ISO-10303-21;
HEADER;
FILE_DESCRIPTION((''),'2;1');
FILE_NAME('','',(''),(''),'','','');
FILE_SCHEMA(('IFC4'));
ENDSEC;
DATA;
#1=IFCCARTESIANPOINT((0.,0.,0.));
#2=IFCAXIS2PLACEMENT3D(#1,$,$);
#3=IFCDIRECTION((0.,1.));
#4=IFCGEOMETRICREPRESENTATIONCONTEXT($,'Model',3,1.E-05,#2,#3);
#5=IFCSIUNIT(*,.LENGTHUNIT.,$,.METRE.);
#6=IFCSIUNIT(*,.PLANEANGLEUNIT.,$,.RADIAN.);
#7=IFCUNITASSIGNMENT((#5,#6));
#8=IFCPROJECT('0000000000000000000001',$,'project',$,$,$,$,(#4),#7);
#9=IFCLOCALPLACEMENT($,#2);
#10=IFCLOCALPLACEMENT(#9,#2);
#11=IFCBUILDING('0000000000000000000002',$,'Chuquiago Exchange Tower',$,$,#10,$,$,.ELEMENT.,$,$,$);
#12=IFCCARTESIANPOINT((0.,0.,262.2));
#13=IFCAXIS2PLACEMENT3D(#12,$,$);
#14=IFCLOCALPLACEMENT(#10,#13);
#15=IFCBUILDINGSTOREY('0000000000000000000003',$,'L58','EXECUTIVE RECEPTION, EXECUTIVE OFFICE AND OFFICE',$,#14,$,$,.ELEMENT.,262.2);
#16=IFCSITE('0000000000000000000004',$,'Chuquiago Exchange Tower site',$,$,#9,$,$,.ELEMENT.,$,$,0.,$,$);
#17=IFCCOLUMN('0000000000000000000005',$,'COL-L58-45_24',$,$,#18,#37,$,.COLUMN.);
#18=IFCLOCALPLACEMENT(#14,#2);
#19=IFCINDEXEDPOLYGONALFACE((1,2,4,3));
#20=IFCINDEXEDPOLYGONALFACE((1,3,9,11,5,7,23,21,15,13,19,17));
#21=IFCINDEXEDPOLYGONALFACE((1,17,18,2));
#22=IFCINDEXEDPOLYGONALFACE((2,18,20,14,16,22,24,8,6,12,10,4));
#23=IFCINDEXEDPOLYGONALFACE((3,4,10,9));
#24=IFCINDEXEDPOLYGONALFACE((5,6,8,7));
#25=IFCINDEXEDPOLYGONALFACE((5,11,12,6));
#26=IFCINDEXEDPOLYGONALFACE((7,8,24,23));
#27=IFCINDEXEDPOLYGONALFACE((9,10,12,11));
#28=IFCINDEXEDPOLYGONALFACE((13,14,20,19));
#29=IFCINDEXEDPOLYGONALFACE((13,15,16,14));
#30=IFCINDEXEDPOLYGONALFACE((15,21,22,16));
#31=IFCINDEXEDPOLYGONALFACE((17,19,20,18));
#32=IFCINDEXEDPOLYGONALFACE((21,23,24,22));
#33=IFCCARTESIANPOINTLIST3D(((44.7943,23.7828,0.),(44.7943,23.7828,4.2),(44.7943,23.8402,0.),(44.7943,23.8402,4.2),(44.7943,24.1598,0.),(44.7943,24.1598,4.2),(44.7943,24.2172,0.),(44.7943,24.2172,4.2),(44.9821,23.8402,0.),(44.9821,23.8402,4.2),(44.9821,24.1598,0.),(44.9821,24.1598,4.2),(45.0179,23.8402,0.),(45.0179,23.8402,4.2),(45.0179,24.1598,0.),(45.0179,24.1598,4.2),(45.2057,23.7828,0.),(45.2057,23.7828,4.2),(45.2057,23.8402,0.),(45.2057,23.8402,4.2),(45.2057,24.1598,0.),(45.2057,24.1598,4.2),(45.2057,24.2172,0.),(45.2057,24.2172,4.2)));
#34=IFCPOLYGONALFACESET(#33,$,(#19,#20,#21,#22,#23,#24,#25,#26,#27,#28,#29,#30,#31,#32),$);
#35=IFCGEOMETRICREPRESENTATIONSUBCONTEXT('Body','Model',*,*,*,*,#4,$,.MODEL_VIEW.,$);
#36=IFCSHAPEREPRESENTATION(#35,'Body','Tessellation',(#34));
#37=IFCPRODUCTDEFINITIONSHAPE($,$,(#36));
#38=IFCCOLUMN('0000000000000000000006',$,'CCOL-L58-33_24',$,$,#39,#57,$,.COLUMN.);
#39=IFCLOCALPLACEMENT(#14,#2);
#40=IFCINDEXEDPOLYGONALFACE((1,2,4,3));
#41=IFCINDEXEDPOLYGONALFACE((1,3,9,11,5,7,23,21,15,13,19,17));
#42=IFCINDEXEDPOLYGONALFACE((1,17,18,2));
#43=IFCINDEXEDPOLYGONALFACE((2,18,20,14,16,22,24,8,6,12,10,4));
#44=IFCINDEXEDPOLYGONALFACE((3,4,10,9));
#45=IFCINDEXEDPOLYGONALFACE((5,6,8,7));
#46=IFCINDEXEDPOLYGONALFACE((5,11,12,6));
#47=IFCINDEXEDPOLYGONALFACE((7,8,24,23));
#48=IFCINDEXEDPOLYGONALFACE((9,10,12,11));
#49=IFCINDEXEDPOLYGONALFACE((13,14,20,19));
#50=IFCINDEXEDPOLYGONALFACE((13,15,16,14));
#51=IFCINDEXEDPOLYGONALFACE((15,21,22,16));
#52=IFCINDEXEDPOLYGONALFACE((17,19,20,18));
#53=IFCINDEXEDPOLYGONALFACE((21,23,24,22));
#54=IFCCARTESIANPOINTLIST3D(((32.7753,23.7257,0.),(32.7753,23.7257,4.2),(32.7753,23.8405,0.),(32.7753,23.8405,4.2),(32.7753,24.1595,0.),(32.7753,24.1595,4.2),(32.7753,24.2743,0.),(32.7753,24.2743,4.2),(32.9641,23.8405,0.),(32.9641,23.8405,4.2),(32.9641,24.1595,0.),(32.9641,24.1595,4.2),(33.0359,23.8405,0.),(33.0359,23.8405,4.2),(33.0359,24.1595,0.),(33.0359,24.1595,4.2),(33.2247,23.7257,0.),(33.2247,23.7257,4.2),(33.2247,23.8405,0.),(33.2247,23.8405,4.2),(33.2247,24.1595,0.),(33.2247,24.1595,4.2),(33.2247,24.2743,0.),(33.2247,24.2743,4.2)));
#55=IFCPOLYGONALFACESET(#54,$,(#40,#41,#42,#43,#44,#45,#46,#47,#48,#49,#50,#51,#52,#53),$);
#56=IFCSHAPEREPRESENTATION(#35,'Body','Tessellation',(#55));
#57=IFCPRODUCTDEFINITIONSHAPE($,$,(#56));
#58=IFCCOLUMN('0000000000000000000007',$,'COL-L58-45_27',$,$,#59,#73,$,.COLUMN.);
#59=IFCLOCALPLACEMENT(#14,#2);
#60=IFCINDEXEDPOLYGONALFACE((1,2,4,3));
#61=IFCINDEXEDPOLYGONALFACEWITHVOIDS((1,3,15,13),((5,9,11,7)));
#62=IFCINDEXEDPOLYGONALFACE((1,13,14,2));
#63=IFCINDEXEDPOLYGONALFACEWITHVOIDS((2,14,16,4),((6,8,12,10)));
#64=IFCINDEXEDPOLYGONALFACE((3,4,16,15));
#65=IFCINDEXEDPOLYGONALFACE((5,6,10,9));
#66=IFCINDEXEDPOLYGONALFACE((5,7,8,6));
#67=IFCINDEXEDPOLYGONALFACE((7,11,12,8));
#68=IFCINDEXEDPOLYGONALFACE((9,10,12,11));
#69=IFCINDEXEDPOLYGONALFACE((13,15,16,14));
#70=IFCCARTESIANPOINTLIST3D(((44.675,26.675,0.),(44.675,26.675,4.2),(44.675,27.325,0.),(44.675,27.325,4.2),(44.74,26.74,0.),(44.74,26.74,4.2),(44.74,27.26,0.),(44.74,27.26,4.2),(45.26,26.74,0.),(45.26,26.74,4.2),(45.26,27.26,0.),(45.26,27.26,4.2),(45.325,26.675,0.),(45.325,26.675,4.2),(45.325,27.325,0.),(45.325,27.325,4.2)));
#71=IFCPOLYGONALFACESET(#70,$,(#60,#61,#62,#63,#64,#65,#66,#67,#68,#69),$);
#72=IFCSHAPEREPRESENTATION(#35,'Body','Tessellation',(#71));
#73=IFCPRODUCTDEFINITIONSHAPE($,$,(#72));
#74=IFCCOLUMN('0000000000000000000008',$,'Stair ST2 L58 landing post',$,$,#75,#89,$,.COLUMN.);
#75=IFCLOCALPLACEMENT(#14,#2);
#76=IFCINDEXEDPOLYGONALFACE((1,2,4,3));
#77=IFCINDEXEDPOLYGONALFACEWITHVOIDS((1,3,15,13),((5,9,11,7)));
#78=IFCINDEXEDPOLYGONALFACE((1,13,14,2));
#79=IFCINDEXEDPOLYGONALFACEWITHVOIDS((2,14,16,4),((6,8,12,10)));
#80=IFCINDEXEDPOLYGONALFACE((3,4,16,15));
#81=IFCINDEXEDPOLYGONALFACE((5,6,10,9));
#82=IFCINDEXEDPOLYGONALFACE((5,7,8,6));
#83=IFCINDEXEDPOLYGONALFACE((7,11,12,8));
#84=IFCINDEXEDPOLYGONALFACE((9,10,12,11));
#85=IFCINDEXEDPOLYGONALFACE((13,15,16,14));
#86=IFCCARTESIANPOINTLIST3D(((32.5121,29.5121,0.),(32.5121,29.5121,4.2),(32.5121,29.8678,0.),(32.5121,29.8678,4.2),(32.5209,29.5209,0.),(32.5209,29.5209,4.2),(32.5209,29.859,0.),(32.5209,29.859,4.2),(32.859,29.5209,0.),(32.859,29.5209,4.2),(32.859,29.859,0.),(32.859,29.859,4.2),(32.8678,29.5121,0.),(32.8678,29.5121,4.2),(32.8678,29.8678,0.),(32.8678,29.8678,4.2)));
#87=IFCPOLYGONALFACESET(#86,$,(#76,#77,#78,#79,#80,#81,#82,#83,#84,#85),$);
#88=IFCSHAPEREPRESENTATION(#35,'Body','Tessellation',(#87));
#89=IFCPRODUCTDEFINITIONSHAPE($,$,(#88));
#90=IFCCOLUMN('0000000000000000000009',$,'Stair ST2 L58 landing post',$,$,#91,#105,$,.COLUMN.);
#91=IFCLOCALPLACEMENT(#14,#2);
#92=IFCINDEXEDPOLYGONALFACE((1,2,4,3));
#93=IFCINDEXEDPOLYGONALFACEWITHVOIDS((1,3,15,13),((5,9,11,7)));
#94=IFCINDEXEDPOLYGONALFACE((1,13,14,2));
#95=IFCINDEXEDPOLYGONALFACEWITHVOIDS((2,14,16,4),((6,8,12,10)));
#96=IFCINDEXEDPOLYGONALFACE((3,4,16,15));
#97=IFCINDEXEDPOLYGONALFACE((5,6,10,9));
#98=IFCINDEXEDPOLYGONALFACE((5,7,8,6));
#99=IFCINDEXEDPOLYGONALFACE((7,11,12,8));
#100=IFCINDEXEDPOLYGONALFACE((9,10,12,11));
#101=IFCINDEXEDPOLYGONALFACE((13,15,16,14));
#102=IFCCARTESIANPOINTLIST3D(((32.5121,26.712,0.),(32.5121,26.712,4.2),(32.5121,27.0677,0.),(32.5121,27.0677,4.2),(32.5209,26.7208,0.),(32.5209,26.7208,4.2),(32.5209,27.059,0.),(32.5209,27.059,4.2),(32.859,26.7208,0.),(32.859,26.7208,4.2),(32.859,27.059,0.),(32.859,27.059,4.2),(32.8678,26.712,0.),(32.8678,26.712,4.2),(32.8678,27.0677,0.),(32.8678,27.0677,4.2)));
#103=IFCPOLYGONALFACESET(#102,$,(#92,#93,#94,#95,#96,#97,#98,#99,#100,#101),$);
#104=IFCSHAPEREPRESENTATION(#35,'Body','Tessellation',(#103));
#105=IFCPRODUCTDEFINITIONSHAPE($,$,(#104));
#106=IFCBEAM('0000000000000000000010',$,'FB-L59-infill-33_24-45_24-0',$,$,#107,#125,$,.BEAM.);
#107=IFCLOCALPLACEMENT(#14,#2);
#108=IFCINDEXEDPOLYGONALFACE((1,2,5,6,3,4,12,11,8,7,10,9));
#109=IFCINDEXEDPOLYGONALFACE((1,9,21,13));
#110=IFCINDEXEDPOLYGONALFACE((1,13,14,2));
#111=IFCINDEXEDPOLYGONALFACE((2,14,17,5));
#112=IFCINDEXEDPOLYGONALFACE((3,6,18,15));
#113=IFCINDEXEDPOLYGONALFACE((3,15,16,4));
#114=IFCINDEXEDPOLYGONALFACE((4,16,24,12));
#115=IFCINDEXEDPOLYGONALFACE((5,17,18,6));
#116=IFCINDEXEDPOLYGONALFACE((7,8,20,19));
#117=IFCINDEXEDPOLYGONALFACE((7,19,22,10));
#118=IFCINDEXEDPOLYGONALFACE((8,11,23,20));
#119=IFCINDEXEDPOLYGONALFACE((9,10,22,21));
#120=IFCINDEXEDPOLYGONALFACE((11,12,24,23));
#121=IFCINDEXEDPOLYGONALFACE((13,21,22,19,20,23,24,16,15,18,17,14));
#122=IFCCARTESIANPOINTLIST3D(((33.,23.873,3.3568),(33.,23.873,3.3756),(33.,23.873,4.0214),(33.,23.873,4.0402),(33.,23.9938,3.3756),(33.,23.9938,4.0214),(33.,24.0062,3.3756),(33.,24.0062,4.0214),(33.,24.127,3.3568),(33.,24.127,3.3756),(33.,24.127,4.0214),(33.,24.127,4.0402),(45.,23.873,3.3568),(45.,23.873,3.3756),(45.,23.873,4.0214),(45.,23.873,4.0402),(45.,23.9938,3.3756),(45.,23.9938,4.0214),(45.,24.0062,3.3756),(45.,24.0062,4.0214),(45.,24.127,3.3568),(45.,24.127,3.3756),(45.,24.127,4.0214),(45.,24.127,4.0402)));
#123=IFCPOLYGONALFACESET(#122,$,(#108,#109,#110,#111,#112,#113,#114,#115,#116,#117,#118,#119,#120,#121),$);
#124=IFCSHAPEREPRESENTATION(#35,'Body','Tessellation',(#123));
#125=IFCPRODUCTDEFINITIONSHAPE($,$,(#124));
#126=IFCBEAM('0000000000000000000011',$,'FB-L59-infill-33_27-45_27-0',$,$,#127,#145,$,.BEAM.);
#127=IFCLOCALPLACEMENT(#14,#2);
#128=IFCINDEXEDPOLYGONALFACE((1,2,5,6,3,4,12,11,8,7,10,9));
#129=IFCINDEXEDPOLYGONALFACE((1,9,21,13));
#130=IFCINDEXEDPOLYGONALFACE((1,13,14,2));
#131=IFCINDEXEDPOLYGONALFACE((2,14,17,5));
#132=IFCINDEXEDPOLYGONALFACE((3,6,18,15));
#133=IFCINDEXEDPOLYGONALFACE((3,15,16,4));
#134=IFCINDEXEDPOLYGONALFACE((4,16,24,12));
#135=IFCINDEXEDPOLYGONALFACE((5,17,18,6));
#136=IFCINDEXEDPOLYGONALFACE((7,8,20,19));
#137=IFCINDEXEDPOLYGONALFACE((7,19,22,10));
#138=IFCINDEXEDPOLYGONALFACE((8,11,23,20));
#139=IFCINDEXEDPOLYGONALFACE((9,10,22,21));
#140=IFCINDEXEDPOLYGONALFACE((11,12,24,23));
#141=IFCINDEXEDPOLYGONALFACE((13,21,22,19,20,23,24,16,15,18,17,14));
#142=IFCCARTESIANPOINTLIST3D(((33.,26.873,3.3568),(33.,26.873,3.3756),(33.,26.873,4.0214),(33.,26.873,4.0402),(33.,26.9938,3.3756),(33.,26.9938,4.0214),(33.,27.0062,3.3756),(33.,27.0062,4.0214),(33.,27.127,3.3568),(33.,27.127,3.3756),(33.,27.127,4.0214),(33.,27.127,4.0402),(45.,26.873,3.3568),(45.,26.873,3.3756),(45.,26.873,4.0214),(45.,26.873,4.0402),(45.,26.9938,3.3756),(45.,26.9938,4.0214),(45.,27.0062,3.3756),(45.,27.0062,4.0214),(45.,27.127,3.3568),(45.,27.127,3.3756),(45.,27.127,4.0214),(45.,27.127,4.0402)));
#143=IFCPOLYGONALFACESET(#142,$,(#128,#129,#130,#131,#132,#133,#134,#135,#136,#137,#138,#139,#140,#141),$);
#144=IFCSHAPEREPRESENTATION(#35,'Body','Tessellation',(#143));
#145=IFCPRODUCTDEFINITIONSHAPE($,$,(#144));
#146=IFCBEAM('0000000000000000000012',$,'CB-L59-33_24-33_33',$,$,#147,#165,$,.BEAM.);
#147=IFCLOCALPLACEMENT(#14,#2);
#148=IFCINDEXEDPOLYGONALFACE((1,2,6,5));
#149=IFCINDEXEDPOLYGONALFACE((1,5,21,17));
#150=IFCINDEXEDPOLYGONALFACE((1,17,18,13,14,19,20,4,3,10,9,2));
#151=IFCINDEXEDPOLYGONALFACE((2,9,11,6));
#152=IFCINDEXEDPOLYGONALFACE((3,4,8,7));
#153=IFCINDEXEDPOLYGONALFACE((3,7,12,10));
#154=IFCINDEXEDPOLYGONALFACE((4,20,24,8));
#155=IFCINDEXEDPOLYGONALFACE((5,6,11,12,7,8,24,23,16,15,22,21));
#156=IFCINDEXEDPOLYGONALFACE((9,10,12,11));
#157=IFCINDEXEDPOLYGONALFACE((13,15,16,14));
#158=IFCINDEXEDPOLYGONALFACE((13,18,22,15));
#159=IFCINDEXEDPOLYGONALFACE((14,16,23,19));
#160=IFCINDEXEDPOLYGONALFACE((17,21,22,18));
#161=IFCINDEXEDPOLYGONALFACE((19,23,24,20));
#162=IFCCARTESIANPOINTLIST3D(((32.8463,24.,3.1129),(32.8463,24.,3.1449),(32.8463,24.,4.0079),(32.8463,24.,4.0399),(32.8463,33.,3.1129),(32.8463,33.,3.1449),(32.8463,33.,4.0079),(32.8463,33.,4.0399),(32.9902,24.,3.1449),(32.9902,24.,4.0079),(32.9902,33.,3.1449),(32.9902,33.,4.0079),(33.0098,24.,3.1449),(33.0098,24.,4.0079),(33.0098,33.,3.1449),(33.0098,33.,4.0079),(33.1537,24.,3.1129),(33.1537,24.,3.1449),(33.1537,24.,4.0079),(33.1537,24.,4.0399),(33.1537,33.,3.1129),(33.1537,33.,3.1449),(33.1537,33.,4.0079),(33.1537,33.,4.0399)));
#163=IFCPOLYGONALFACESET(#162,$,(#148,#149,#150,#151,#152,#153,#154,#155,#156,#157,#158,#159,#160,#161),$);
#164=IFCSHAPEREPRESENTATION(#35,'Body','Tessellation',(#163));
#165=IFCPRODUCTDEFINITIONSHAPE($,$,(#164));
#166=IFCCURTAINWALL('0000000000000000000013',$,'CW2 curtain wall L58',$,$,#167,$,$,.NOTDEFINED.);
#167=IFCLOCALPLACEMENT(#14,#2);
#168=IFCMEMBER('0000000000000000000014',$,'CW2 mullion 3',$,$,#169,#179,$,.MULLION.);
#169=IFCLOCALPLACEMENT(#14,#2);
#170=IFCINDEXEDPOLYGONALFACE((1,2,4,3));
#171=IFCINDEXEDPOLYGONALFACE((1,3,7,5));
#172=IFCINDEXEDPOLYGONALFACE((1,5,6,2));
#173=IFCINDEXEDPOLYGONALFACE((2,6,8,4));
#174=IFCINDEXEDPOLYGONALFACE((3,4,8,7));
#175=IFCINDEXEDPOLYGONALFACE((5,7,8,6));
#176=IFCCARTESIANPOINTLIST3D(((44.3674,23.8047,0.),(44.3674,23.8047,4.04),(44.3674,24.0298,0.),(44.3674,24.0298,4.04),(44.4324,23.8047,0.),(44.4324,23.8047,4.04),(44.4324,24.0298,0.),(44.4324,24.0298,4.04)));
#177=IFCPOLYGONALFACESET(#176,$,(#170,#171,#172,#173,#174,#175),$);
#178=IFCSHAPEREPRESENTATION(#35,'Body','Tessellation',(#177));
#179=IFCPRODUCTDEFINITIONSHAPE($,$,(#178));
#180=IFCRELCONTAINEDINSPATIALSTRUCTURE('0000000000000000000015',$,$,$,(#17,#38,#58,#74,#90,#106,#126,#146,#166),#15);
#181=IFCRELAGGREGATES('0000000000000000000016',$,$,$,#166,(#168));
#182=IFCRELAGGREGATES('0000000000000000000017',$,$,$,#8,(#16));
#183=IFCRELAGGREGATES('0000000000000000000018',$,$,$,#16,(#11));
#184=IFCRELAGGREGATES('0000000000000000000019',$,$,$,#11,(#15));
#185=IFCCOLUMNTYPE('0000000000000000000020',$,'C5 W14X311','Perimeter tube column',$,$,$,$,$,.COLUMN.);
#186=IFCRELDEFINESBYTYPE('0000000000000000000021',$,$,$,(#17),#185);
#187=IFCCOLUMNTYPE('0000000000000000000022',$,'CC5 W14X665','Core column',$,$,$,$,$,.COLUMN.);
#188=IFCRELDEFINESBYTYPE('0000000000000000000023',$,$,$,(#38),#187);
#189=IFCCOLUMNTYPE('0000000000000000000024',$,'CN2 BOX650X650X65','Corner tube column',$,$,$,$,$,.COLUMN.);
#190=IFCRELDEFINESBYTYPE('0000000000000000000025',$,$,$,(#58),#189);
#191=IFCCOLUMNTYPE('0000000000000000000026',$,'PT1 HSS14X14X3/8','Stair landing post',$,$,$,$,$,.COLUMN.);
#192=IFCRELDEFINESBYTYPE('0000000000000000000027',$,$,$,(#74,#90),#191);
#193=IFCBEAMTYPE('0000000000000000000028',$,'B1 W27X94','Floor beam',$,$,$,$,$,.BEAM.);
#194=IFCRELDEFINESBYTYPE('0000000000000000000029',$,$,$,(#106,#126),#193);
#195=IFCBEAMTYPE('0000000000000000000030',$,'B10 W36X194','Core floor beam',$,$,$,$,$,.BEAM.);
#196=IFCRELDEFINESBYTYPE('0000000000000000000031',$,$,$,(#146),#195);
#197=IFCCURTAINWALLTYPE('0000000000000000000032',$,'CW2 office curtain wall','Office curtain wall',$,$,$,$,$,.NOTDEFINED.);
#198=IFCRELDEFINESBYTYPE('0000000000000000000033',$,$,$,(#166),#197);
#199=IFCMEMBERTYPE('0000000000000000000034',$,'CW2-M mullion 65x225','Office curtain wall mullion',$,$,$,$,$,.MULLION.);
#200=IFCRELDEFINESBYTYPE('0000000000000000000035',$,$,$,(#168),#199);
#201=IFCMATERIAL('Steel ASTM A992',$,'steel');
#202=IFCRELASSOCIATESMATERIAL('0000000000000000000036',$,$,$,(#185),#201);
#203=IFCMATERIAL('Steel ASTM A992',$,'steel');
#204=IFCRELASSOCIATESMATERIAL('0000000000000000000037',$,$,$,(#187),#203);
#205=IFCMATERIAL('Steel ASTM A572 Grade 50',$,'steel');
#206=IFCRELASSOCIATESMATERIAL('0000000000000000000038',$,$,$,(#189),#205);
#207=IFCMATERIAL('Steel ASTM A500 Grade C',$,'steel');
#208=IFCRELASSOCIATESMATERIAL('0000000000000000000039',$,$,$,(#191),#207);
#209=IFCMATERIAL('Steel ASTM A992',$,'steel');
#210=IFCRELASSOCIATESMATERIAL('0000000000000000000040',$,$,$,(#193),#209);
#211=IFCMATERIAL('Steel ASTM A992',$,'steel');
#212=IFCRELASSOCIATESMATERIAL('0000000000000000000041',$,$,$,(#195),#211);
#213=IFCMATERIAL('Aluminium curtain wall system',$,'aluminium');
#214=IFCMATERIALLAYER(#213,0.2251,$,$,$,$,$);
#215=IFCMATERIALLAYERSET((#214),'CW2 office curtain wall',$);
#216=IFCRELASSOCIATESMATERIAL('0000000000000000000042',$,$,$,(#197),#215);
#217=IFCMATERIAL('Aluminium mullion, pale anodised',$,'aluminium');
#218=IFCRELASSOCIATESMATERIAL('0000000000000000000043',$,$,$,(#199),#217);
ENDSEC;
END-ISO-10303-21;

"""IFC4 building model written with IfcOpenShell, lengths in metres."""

from ifc_helpers import new_model, si_unit, direction, frame, origin, origin_2d, place, context, subcontext, project, spatial, rectangle, hollow_rectangle, i_section, extrude, material, layer, layer_set, material_profile, profile_set, type_object, element, aggregate, save


model = new_model("IFC4")

# Units and contexts
model_context = context("Model", 3, precision=1e-05, world=origin(), true_north=direction((0.0, 1.0)))
body_context = subcontext(model_context, "Body", "Model", "MODEL_VIEW")
ifc_project = project(units=[si_unit("LENGTHUNIT", "METRE"), si_unit("PLANEANGLEUNIT", "RADIAN")], contexts=[model_context])

# Site, building, storey
site_placement = place(None, origin())
site = spatial("IfcSite", under=ifc_project, at=site_placement, Name="Chuquiago Exchange Tower site", CompositionType="ELEMENT", RefElevation=0.0)
building_placement = place(site_placement, origin())
building = spatial("IfcBuilding", under=site, at=building_placement, Name="Chuquiago Exchange Tower", CompositionType="ELEMENT")
storey_placement = place(building_placement, frame((0.0, 0.0, 262.2)))
storey = spatial("IfcBuildingStorey", under=building, at=storey_placement, Name="L58", Description="EXECUTIVE RECEPTION, EXECUTIVE OFFICE AND OFFICE", CompositionType="ELEMENT", Elevation=262.2)

# Columns
ifc_material_1 = material(Name="Steel ASTM A992", Category="steel")
ifc_material_profile_1 = material_profile(ifc_material_1, i_section(OverallWidth=0.4114, OverallDepth=0.4343, WebThickness=0.0359, FlangeThickness=0.0574, at=origin_2d()), Name="W14X311")
ifc_profile_set_1 = profile_set([ifc_material_profile_1], Name="Steel ASTM A992")
column_type_1 = type_object("IfcColumnType", Name="C5 W14X311", Description="Perimeter tube column", PredefinedType="COLUMN", material=ifc_profile_set_1)
column_1_placement = place(storey_placement, frame((45.0, 24.0, 0.0), z_axis=(0.0, 0.0, 1.0), x_axis=(1.0, 0.0, 0.0)))
element("IfcColumn", 1, at=column_1_placement, inside=storey, type_object=column_type_1, Name="COL-L58-45_24", PredefinedType="COLUMN", context=body_context, shape_type="SweptSolid", body=[
    extrude(i_section(OverallWidth=0.4114, OverallDepth=0.4343, WebThickness=0.0359, FlangeThickness=0.0574, at=origin_2d()), origin(), (0.0, 0.0, 1.0), 4.2),
])
ifc_material_2 = material(Name="Steel ASTM A992", Category="steel")
ifc_material_profile_2 = material_profile(ifc_material_2, i_section(OverallWidth=0.4495, OverallDepth=0.5486, WebThickness=0.0718, FlangeThickness=0.1147, at=origin_2d()), Name="W14X665")
ifc_profile_set_2 = profile_set([ifc_material_profile_2], Name="Steel ASTM A992")
column_type_2 = type_object("IfcColumnType", Name="CC5 W14X665", Description="Core column", PredefinedType="COLUMN", material=ifc_profile_set_2)
column_2_placement = place(storey_placement, frame((33.0, 24.0, 0.0), z_axis=(0.0, 0.0, 1.0), x_axis=(1.0, 0.0, 0.0)))
element("IfcColumn", 2, at=column_2_placement, inside=storey, type_object=column_type_2, Name="CCOL-L58-33_24", PredefinedType="COLUMN", context=body_context, shape_type="SweptSolid", body=[
    extrude(i_section(OverallWidth=0.4495, OverallDepth=0.5486, WebThickness=0.0718, FlangeThickness=0.1147, at=origin_2d()), origin(), (0.0, 0.0, 1.0), 4.2),
])
ifc_material_3 = material(Name="Steel ASTM A572 Grade 50", Category="steel")
ifc_material_profile_3 = material_profile(ifc_material_3, hollow_rectangle(XDim=0.6499, YDim=0.6499, WallThickness=0.0649, at=origin_2d()), Name="BOX650X650X65")
ifc_profile_set_3 = profile_set([ifc_material_profile_3], Name="Steel ASTM A572 Grade 50")
column_type_3 = type_object("IfcColumnType", Name="CN2 BOX650X650X65", Description="Corner tube column", PredefinedType="COLUMN", material=ifc_profile_set_3)
column_3_placement = place(storey_placement, frame((45.0, 27.0, 0.0), z_axis=(0.0, 0.0, 1.0), x_axis=(1.0, 0.0, 0.0)))
element("IfcColumn", 3, at=column_3_placement, inside=storey, type_object=column_type_3, Name="COL-L58-45_27", PredefinedType="COLUMN", context=body_context, shape_type="SweptSolid", body=[
    extrude(hollow_rectangle(XDim=0.6499, YDim=0.6499, WallThickness=0.0649, at=origin_2d()), origin(), (0.0, 0.0, 1.0), 4.2),
])
ifc_material_4 = material(Name="Steel ASTM A500 Grade C", Category="steel")
ifc_material_profile_4 = material_profile(ifc_material_4, hollow_rectangle(XDim=0.3557, YDim=0.3557, WallThickness=0.0088, at=origin_2d()), Name="HSS14X14X3/8")
ifc_profile_set_4 = profile_set([ifc_material_profile_4], Name="Steel ASTM A500 Grade C")
column_type_4 = type_object("IfcColumnType", Name="PT1 HSS14X14X3/8", Description="Stair landing post", PredefinedType="COLUMN", material=ifc_profile_set_4)
for number, where, z_axis, x_axis, name in (
    (4, (32.6899, 29.6899, 0.0), (0.0, 0.0, 1.0), (1.0, 0.0, 0.0), "Stair ST2 L58 landing post"),
    (5, (32.6899, 26.8899, 0.0), (0.0, 0.0, 1.0), (1.0, 0.0, 0.0), "Stair ST2 L58 landing post"),
):
    element("IfcColumn", number, at=place(storey_placement, frame(where, z_axis=z_axis, x_axis=x_axis)), inside=storey, type_object=column_type_4, Name=name, PredefinedType="COLUMN", context=body_context, shape_type="SweptSolid", body=[
        extrude(hollow_rectangle(XDim=0.3557, YDim=0.3557, WallThickness=0.0088, at=origin_2d()), origin(), (0.0, 0.0, 1.0), 4.2),
    ])

# Beams
ifc_material_5 = material(Name="Steel ASTM A992", Category="steel")
ifc_material_profile_5 = material_profile(ifc_material_5, i_section(OverallWidth=0.2539, OverallDepth=0.6833, WebThickness=0.0125, FlangeThickness=0.0188, at=origin_2d()), Name="W27X94")
ifc_profile_set_5 = profile_set([ifc_material_profile_5], Name="Steel ASTM A992")
beam_type_1 = type_object("IfcBeamType", Name="B1 W27X94", Description="Floor beam", PredefinedType="BEAM", material=ifc_profile_set_5)
for number, where, z_axis, x_axis, name in (
    (6, (33.0, 24.0, 3.6985), (1.0, 0.0, 0.0), (0.0, 1.0, 0.0), "FB-L59-infill-33_24-45_24-0"),
    (7, (33.0, 27.0, 3.6985), (1.0, 0.0, 0.0), (0.0, 1.0, 0.0), "FB-L59-infill-33_27-45_27-0"),
):
    element("IfcBeam", number, at=place(storey_placement, frame(where, z_axis=z_axis, x_axis=x_axis)), inside=storey, type_object=beam_type_1, Name=name, PredefinedType="BEAM", context=body_context, shape_type="SweptSolid", body=[
        extrude(i_section(OverallWidth=0.2539, OverallDepth=0.6833, WebThickness=0.0125, FlangeThickness=0.0188, at=origin_2d()), origin(), (0.0, 0.0, 1.0), 12.0),
    ])
ifc_material_6 = material(Name="Steel ASTM A992", Category="steel")
ifc_material_profile_6 = material_profile(ifc_material_6, i_section(OverallWidth=0.3074, OverallDepth=0.927, WebThickness=0.0195, FlangeThickness=0.032, at=origin_2d()), Name="W36X194")
ifc_profile_set_6 = profile_set([ifc_material_profile_6], Name="Steel ASTM A992")
beam_type_2 = type_object("IfcBeamType", Name="B10 W36X194", Description="Core floor beam", PredefinedType="BEAM", material=ifc_profile_set_6)
beam_1_placement = place(storey_placement, frame((33.0, 24.0, 3.5764), z_axis=(0.0, 1.0, 0.0), x_axis=(-1.0, 0.0, 0.0)))
element("IfcBeam", 8, at=beam_1_placement, inside=storey, type_object=beam_type_2, Name="CB-L59-33_24-33_33", PredefinedType="BEAM", context=body_context, shape_type="SweptSolid", body=[
    extrude(i_section(OverallWidth=0.3074, OverallDepth=0.927, WebThickness=0.0195, FlangeThickness=0.032, at=origin_2d()), origin(), (0.0, 0.0, 1.0), 9.0),
])

# Curtain wall, member
ifc_material_7 = material(Name="Aluminium curtain wall system", Category="aluminium")
ifc_layer_1 = layer(ifc_material_7, 0.2251)
ifc_layer_set_1 = layer_set([ifc_layer_1], Name="CW2 office curtain wall")
curtain_wall_type_1 = type_object("IfcCurtainWallType", Name="CW2 office curtain wall", Description="Office curtain wall", PredefinedType="NOTDEFINED", material=ifc_layer_set_1)
curtain_wall_1_placement = place(storey_placement, origin())
curtain_wall_1 = element("IfcCurtainWall", 9, at=curtain_wall_1_placement, inside=storey, type_object=curtain_wall_type_1, Name="CW2 curtain wall L58", PredefinedType="NOTDEFINED")
ifc_material_8 = material(Name="Aluminium mullion, pale anodised", Category="aluminium")
ifc_material_profile_7 = material_profile(ifc_material_8, rectangle(XDim=0.0649, YDim=0.2251, at=origin_2d()), Name="AL 65x225")
ifc_profile_set_7 = profile_set([ifc_material_profile_7], Name="Aluminium mullion, pale anodised")
member_type_1 = type_object("IfcMemberType", Name="CW2-M mullion 65x225", Description="Office curtain wall mullion", PredefinedType="MULLION", material=ifc_profile_set_7)
member_1_placement = place(storey_placement, frame((44.3999, 23.9172, 0.0), z_axis=(0.0, 0.0, 1.0), x_axis=(-1.0, 0.0, 0.0)))
member_1 = element("IfcMember", 10, at=member_1_placement, type_object=member_type_1, Name="CW2 mullion 3", PredefinedType="MULLION", context=body_context, shape_type="SweptSolid", body=[
    extrude(rectangle(XDim=0.0649, YDim=0.2251, at=origin_2d()), origin(), (0.0, 0.0, 1.0), 4.04),
])

aggregate(curtain_wall_1, [member_1])

save(model, "model.ifc")
